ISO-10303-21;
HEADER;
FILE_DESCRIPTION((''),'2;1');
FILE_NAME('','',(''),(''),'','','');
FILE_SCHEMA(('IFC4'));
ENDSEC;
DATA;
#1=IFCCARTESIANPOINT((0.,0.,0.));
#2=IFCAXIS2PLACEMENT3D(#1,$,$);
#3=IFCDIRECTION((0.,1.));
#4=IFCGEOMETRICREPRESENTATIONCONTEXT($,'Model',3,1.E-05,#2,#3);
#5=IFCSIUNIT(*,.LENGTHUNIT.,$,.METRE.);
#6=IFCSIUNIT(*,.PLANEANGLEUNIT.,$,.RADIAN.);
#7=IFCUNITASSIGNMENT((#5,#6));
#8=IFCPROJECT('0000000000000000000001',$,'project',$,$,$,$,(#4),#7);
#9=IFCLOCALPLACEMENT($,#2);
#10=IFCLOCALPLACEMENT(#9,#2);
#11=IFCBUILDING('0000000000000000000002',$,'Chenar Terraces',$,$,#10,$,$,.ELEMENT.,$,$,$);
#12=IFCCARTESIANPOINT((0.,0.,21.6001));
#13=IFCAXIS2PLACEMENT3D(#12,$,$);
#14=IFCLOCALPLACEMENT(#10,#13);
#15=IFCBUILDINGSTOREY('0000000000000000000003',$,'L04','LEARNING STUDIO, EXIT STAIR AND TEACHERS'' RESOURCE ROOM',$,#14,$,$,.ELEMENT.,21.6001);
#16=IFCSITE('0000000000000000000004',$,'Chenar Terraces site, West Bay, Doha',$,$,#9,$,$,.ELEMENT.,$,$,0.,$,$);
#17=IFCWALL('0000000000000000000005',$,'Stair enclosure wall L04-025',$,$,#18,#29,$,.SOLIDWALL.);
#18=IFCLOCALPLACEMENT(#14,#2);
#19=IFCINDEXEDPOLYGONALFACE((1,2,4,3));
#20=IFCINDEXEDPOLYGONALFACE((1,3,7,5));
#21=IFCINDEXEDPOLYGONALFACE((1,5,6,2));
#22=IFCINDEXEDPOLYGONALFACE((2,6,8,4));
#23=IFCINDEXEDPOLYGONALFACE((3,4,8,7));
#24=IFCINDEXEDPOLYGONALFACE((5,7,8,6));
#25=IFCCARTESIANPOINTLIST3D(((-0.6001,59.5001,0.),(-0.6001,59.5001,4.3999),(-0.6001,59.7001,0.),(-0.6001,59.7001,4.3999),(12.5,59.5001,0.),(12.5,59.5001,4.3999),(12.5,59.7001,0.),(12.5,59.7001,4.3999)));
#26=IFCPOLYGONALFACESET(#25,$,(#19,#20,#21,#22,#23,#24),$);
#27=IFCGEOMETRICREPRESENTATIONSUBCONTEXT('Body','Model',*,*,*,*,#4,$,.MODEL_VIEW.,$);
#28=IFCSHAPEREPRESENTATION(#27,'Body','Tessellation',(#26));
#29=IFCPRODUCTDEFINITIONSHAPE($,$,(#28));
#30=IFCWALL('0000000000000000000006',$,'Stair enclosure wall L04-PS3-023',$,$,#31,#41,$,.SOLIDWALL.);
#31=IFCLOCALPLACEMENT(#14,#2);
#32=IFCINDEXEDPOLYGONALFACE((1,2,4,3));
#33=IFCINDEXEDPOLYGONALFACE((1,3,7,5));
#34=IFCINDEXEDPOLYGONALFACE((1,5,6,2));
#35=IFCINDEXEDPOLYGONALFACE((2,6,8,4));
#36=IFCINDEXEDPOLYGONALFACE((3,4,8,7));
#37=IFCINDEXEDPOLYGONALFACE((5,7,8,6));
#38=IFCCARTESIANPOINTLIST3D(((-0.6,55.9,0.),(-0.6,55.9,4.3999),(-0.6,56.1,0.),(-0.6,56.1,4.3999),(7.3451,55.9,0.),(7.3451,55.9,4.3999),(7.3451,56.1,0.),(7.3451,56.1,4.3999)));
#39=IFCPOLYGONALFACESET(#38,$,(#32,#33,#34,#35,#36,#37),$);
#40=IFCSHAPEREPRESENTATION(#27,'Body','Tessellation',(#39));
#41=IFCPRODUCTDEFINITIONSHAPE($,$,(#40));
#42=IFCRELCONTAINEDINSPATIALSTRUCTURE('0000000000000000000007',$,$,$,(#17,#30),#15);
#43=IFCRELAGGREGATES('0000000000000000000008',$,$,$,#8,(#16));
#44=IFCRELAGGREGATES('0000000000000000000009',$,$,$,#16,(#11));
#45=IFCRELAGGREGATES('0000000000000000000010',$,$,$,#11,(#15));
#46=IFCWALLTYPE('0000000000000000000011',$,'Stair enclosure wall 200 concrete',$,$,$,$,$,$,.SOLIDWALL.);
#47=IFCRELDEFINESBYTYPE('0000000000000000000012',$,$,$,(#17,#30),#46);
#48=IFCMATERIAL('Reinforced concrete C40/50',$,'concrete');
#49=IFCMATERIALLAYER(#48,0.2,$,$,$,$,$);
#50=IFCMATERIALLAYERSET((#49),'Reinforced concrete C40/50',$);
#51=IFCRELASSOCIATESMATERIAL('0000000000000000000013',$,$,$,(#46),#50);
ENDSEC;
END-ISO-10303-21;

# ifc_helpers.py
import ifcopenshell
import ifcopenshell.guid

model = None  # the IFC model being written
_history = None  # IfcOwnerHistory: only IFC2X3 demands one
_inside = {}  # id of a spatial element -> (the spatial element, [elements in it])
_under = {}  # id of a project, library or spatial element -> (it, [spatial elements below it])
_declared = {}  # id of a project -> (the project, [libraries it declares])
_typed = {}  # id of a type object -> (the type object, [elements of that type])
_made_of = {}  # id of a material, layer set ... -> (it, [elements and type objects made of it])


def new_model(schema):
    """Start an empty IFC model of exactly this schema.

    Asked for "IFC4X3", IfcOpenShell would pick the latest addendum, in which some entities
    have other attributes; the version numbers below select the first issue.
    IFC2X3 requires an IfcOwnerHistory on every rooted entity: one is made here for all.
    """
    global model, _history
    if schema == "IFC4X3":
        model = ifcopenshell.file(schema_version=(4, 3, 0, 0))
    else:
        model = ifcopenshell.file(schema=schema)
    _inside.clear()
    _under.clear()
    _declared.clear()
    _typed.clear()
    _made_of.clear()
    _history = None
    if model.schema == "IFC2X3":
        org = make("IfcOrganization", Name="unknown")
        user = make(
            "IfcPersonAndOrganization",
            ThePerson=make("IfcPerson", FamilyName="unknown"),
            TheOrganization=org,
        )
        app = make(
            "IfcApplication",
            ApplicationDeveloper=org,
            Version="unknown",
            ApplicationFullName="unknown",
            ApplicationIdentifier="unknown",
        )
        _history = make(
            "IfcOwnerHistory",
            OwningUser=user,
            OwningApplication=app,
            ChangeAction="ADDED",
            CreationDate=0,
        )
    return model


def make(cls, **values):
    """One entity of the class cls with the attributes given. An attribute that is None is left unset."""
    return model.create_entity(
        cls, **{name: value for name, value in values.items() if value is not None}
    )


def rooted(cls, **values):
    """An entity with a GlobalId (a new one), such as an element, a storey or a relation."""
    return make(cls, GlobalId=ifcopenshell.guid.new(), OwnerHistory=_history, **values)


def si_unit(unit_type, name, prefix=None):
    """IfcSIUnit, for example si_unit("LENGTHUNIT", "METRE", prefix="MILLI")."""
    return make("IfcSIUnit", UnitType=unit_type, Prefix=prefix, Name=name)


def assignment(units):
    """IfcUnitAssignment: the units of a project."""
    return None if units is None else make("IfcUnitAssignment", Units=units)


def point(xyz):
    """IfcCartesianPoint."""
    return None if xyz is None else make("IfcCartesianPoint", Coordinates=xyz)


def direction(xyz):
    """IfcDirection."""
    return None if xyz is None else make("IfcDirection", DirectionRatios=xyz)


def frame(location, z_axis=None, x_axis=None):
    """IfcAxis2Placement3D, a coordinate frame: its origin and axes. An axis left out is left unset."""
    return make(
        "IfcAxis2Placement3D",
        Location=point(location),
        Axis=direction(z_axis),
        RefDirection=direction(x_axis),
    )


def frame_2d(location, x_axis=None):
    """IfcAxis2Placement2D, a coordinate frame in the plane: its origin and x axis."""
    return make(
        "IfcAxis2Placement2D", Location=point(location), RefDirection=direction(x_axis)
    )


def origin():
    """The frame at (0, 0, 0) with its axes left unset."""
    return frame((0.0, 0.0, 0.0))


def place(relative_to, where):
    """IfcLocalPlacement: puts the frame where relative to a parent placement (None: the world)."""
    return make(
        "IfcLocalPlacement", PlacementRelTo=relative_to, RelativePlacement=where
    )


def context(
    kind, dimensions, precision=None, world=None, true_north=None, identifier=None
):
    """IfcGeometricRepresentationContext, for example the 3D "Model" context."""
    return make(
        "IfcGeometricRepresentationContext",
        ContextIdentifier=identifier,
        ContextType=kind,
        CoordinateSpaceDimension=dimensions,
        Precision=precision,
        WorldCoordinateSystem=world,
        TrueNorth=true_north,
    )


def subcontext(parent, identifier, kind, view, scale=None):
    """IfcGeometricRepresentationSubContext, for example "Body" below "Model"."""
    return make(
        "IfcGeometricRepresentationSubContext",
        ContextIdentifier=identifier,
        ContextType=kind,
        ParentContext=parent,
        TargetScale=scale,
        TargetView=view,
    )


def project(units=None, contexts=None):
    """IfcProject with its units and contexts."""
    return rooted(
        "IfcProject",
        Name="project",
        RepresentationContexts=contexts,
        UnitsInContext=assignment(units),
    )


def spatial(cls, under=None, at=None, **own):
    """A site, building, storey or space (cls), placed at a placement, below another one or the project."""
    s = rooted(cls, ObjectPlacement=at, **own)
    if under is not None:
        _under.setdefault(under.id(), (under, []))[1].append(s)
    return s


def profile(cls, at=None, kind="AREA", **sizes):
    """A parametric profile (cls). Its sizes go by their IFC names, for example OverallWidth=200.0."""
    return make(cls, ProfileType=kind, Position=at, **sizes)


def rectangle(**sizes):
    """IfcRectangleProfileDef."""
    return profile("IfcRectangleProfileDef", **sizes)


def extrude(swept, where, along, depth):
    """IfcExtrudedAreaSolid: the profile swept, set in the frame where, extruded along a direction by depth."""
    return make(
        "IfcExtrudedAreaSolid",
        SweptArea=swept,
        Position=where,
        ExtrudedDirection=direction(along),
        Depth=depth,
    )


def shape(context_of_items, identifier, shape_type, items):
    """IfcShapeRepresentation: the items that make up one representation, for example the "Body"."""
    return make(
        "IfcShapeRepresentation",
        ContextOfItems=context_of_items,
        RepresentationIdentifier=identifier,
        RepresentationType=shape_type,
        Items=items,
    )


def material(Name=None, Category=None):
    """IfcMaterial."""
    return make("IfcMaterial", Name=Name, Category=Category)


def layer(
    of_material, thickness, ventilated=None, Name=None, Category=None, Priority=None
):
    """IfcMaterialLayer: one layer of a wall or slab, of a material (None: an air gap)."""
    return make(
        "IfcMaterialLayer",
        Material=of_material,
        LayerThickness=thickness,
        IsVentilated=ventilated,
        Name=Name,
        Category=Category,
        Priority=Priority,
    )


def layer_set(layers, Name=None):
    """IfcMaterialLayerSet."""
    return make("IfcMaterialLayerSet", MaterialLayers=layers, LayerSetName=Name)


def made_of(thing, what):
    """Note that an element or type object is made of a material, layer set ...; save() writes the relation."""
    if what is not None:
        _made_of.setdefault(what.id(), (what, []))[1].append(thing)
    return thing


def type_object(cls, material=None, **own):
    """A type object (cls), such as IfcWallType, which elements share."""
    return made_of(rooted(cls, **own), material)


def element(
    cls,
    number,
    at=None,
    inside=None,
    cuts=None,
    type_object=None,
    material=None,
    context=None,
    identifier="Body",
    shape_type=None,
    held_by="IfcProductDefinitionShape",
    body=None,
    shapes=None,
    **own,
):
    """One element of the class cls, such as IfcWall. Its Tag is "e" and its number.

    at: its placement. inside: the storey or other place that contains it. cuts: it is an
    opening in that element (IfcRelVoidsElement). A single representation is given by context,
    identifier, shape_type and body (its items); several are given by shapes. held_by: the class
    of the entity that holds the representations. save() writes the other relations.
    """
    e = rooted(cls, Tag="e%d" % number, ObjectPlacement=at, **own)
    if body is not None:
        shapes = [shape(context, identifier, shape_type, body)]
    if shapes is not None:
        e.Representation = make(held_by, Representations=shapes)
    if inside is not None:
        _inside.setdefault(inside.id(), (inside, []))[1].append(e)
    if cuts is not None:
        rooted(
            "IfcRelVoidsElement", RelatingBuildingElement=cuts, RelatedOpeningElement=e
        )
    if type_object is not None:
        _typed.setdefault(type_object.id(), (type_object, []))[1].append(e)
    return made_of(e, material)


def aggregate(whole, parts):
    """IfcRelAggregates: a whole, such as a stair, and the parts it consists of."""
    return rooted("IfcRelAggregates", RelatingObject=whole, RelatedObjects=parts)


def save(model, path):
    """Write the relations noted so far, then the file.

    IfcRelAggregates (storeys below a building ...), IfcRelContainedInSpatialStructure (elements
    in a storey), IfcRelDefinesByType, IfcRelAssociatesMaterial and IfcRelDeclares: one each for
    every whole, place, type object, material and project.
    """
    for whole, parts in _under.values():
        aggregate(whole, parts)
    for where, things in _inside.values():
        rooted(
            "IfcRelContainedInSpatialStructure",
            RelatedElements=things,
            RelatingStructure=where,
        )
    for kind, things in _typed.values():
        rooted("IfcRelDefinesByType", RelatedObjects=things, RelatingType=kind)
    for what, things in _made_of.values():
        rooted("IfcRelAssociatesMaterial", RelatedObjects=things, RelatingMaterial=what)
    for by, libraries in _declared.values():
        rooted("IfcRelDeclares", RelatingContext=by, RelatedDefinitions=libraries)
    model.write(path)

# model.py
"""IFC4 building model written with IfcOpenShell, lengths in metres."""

from ifc_helpers import new_model, si_unit, direction, frame, frame_2d, origin, place, context, subcontext, project, spatial, rectangle, extrude, material, layer, layer_set, type_object, element, save


model = new_model("IFC4")

# Units and contexts
model_context = context("Model", 3, precision=1e-05, world=origin(), true_north=direction((0.0, 1.0)))
body_context = subcontext(model_context, "Body", "Model", "MODEL_VIEW")
ifc_project = project(units=[si_unit("LENGTHUNIT", "METRE"), si_unit("PLANEANGLEUNIT", "RADIAN")], contexts=[model_context])

# Site, building, storey
site_placement = place(None, origin())
site = spatial("IfcSite", under=ifc_project, at=site_placement, Name="Chenar Terraces site, West Bay, Doha", CompositionType="ELEMENT", RefElevation=0.0)
building_placement = place(site_placement, origin())
building = spatial("IfcBuilding", under=site, at=building_placement, Name="Chenar Terraces", CompositionType="ELEMENT")
storey_placement = place(building_placement, frame((0.0, 0.0, 21.6001)))
storey = spatial("IfcBuildingStorey", under=building, at=storey_placement, Name="L04", Description="LEARNING STUDIO, EXIT STAIR AND TEACHERS' RESOURCE ROOM", CompositionType="ELEMENT", Elevation=21.6001)

# Walls
ifc_material_1 = material(Name="Reinforced concrete C40/50", Category="concrete")
ifc_layer_1 = layer(ifc_material_1, 0.2)
ifc_layer_set_1 = layer_set([ifc_layer_1], Name="Reinforced concrete C40/50")
wall_type_1 = type_object("IfcWallType", Name="Stair enclosure wall 200 concrete", PredefinedType="SOLIDWALL", material=ifc_layer_set_1)
for number, where, z_axis, x_axis, name in (
    (1, (-0.6001, 59.6001, 0.0), (0.0, 0.0, 1.0), (1.0, 0.0, 0.0), "Stair enclosure wall L04-025"),
):
    element("IfcWall", number, at=place(storey_placement, frame(where, z_axis=z_axis, x_axis=x_axis)), inside=storey, type_object=wall_type_1, Name=name, PredefinedType="SOLIDWALL", context=body_context, shape_type="SweptSolid", body=[
        extrude(rectangle(XDim=13.1001, YDim=0.2, at=frame_2d((6.55, 0.0))), origin(), (0.0, 0.0, 1.0), 4.3999),
    ])
wall_1_placement = place(storey_placement, frame((-0.6001, 56.0, 0.0), z_axis=(0.0, 0.0, 1.0), x_axis=(1.0, 0.0, 0.0)))
element("IfcWall", 2, at=wall_1_placement, inside=storey, type_object=wall_type_1, Name="Stair enclosure wall L04-PS3-023", PredefinedType="SOLIDWALL", context=body_context, shape_type="SweptSolid", body=[
    extrude(rectangle(XDim=7.9451, YDim=0.2, at=frame_2d((3.9727, 0.0))), origin(), (0.0, 0.0, 1.0), 4.3999),
])

save(model, "model.ifc")
